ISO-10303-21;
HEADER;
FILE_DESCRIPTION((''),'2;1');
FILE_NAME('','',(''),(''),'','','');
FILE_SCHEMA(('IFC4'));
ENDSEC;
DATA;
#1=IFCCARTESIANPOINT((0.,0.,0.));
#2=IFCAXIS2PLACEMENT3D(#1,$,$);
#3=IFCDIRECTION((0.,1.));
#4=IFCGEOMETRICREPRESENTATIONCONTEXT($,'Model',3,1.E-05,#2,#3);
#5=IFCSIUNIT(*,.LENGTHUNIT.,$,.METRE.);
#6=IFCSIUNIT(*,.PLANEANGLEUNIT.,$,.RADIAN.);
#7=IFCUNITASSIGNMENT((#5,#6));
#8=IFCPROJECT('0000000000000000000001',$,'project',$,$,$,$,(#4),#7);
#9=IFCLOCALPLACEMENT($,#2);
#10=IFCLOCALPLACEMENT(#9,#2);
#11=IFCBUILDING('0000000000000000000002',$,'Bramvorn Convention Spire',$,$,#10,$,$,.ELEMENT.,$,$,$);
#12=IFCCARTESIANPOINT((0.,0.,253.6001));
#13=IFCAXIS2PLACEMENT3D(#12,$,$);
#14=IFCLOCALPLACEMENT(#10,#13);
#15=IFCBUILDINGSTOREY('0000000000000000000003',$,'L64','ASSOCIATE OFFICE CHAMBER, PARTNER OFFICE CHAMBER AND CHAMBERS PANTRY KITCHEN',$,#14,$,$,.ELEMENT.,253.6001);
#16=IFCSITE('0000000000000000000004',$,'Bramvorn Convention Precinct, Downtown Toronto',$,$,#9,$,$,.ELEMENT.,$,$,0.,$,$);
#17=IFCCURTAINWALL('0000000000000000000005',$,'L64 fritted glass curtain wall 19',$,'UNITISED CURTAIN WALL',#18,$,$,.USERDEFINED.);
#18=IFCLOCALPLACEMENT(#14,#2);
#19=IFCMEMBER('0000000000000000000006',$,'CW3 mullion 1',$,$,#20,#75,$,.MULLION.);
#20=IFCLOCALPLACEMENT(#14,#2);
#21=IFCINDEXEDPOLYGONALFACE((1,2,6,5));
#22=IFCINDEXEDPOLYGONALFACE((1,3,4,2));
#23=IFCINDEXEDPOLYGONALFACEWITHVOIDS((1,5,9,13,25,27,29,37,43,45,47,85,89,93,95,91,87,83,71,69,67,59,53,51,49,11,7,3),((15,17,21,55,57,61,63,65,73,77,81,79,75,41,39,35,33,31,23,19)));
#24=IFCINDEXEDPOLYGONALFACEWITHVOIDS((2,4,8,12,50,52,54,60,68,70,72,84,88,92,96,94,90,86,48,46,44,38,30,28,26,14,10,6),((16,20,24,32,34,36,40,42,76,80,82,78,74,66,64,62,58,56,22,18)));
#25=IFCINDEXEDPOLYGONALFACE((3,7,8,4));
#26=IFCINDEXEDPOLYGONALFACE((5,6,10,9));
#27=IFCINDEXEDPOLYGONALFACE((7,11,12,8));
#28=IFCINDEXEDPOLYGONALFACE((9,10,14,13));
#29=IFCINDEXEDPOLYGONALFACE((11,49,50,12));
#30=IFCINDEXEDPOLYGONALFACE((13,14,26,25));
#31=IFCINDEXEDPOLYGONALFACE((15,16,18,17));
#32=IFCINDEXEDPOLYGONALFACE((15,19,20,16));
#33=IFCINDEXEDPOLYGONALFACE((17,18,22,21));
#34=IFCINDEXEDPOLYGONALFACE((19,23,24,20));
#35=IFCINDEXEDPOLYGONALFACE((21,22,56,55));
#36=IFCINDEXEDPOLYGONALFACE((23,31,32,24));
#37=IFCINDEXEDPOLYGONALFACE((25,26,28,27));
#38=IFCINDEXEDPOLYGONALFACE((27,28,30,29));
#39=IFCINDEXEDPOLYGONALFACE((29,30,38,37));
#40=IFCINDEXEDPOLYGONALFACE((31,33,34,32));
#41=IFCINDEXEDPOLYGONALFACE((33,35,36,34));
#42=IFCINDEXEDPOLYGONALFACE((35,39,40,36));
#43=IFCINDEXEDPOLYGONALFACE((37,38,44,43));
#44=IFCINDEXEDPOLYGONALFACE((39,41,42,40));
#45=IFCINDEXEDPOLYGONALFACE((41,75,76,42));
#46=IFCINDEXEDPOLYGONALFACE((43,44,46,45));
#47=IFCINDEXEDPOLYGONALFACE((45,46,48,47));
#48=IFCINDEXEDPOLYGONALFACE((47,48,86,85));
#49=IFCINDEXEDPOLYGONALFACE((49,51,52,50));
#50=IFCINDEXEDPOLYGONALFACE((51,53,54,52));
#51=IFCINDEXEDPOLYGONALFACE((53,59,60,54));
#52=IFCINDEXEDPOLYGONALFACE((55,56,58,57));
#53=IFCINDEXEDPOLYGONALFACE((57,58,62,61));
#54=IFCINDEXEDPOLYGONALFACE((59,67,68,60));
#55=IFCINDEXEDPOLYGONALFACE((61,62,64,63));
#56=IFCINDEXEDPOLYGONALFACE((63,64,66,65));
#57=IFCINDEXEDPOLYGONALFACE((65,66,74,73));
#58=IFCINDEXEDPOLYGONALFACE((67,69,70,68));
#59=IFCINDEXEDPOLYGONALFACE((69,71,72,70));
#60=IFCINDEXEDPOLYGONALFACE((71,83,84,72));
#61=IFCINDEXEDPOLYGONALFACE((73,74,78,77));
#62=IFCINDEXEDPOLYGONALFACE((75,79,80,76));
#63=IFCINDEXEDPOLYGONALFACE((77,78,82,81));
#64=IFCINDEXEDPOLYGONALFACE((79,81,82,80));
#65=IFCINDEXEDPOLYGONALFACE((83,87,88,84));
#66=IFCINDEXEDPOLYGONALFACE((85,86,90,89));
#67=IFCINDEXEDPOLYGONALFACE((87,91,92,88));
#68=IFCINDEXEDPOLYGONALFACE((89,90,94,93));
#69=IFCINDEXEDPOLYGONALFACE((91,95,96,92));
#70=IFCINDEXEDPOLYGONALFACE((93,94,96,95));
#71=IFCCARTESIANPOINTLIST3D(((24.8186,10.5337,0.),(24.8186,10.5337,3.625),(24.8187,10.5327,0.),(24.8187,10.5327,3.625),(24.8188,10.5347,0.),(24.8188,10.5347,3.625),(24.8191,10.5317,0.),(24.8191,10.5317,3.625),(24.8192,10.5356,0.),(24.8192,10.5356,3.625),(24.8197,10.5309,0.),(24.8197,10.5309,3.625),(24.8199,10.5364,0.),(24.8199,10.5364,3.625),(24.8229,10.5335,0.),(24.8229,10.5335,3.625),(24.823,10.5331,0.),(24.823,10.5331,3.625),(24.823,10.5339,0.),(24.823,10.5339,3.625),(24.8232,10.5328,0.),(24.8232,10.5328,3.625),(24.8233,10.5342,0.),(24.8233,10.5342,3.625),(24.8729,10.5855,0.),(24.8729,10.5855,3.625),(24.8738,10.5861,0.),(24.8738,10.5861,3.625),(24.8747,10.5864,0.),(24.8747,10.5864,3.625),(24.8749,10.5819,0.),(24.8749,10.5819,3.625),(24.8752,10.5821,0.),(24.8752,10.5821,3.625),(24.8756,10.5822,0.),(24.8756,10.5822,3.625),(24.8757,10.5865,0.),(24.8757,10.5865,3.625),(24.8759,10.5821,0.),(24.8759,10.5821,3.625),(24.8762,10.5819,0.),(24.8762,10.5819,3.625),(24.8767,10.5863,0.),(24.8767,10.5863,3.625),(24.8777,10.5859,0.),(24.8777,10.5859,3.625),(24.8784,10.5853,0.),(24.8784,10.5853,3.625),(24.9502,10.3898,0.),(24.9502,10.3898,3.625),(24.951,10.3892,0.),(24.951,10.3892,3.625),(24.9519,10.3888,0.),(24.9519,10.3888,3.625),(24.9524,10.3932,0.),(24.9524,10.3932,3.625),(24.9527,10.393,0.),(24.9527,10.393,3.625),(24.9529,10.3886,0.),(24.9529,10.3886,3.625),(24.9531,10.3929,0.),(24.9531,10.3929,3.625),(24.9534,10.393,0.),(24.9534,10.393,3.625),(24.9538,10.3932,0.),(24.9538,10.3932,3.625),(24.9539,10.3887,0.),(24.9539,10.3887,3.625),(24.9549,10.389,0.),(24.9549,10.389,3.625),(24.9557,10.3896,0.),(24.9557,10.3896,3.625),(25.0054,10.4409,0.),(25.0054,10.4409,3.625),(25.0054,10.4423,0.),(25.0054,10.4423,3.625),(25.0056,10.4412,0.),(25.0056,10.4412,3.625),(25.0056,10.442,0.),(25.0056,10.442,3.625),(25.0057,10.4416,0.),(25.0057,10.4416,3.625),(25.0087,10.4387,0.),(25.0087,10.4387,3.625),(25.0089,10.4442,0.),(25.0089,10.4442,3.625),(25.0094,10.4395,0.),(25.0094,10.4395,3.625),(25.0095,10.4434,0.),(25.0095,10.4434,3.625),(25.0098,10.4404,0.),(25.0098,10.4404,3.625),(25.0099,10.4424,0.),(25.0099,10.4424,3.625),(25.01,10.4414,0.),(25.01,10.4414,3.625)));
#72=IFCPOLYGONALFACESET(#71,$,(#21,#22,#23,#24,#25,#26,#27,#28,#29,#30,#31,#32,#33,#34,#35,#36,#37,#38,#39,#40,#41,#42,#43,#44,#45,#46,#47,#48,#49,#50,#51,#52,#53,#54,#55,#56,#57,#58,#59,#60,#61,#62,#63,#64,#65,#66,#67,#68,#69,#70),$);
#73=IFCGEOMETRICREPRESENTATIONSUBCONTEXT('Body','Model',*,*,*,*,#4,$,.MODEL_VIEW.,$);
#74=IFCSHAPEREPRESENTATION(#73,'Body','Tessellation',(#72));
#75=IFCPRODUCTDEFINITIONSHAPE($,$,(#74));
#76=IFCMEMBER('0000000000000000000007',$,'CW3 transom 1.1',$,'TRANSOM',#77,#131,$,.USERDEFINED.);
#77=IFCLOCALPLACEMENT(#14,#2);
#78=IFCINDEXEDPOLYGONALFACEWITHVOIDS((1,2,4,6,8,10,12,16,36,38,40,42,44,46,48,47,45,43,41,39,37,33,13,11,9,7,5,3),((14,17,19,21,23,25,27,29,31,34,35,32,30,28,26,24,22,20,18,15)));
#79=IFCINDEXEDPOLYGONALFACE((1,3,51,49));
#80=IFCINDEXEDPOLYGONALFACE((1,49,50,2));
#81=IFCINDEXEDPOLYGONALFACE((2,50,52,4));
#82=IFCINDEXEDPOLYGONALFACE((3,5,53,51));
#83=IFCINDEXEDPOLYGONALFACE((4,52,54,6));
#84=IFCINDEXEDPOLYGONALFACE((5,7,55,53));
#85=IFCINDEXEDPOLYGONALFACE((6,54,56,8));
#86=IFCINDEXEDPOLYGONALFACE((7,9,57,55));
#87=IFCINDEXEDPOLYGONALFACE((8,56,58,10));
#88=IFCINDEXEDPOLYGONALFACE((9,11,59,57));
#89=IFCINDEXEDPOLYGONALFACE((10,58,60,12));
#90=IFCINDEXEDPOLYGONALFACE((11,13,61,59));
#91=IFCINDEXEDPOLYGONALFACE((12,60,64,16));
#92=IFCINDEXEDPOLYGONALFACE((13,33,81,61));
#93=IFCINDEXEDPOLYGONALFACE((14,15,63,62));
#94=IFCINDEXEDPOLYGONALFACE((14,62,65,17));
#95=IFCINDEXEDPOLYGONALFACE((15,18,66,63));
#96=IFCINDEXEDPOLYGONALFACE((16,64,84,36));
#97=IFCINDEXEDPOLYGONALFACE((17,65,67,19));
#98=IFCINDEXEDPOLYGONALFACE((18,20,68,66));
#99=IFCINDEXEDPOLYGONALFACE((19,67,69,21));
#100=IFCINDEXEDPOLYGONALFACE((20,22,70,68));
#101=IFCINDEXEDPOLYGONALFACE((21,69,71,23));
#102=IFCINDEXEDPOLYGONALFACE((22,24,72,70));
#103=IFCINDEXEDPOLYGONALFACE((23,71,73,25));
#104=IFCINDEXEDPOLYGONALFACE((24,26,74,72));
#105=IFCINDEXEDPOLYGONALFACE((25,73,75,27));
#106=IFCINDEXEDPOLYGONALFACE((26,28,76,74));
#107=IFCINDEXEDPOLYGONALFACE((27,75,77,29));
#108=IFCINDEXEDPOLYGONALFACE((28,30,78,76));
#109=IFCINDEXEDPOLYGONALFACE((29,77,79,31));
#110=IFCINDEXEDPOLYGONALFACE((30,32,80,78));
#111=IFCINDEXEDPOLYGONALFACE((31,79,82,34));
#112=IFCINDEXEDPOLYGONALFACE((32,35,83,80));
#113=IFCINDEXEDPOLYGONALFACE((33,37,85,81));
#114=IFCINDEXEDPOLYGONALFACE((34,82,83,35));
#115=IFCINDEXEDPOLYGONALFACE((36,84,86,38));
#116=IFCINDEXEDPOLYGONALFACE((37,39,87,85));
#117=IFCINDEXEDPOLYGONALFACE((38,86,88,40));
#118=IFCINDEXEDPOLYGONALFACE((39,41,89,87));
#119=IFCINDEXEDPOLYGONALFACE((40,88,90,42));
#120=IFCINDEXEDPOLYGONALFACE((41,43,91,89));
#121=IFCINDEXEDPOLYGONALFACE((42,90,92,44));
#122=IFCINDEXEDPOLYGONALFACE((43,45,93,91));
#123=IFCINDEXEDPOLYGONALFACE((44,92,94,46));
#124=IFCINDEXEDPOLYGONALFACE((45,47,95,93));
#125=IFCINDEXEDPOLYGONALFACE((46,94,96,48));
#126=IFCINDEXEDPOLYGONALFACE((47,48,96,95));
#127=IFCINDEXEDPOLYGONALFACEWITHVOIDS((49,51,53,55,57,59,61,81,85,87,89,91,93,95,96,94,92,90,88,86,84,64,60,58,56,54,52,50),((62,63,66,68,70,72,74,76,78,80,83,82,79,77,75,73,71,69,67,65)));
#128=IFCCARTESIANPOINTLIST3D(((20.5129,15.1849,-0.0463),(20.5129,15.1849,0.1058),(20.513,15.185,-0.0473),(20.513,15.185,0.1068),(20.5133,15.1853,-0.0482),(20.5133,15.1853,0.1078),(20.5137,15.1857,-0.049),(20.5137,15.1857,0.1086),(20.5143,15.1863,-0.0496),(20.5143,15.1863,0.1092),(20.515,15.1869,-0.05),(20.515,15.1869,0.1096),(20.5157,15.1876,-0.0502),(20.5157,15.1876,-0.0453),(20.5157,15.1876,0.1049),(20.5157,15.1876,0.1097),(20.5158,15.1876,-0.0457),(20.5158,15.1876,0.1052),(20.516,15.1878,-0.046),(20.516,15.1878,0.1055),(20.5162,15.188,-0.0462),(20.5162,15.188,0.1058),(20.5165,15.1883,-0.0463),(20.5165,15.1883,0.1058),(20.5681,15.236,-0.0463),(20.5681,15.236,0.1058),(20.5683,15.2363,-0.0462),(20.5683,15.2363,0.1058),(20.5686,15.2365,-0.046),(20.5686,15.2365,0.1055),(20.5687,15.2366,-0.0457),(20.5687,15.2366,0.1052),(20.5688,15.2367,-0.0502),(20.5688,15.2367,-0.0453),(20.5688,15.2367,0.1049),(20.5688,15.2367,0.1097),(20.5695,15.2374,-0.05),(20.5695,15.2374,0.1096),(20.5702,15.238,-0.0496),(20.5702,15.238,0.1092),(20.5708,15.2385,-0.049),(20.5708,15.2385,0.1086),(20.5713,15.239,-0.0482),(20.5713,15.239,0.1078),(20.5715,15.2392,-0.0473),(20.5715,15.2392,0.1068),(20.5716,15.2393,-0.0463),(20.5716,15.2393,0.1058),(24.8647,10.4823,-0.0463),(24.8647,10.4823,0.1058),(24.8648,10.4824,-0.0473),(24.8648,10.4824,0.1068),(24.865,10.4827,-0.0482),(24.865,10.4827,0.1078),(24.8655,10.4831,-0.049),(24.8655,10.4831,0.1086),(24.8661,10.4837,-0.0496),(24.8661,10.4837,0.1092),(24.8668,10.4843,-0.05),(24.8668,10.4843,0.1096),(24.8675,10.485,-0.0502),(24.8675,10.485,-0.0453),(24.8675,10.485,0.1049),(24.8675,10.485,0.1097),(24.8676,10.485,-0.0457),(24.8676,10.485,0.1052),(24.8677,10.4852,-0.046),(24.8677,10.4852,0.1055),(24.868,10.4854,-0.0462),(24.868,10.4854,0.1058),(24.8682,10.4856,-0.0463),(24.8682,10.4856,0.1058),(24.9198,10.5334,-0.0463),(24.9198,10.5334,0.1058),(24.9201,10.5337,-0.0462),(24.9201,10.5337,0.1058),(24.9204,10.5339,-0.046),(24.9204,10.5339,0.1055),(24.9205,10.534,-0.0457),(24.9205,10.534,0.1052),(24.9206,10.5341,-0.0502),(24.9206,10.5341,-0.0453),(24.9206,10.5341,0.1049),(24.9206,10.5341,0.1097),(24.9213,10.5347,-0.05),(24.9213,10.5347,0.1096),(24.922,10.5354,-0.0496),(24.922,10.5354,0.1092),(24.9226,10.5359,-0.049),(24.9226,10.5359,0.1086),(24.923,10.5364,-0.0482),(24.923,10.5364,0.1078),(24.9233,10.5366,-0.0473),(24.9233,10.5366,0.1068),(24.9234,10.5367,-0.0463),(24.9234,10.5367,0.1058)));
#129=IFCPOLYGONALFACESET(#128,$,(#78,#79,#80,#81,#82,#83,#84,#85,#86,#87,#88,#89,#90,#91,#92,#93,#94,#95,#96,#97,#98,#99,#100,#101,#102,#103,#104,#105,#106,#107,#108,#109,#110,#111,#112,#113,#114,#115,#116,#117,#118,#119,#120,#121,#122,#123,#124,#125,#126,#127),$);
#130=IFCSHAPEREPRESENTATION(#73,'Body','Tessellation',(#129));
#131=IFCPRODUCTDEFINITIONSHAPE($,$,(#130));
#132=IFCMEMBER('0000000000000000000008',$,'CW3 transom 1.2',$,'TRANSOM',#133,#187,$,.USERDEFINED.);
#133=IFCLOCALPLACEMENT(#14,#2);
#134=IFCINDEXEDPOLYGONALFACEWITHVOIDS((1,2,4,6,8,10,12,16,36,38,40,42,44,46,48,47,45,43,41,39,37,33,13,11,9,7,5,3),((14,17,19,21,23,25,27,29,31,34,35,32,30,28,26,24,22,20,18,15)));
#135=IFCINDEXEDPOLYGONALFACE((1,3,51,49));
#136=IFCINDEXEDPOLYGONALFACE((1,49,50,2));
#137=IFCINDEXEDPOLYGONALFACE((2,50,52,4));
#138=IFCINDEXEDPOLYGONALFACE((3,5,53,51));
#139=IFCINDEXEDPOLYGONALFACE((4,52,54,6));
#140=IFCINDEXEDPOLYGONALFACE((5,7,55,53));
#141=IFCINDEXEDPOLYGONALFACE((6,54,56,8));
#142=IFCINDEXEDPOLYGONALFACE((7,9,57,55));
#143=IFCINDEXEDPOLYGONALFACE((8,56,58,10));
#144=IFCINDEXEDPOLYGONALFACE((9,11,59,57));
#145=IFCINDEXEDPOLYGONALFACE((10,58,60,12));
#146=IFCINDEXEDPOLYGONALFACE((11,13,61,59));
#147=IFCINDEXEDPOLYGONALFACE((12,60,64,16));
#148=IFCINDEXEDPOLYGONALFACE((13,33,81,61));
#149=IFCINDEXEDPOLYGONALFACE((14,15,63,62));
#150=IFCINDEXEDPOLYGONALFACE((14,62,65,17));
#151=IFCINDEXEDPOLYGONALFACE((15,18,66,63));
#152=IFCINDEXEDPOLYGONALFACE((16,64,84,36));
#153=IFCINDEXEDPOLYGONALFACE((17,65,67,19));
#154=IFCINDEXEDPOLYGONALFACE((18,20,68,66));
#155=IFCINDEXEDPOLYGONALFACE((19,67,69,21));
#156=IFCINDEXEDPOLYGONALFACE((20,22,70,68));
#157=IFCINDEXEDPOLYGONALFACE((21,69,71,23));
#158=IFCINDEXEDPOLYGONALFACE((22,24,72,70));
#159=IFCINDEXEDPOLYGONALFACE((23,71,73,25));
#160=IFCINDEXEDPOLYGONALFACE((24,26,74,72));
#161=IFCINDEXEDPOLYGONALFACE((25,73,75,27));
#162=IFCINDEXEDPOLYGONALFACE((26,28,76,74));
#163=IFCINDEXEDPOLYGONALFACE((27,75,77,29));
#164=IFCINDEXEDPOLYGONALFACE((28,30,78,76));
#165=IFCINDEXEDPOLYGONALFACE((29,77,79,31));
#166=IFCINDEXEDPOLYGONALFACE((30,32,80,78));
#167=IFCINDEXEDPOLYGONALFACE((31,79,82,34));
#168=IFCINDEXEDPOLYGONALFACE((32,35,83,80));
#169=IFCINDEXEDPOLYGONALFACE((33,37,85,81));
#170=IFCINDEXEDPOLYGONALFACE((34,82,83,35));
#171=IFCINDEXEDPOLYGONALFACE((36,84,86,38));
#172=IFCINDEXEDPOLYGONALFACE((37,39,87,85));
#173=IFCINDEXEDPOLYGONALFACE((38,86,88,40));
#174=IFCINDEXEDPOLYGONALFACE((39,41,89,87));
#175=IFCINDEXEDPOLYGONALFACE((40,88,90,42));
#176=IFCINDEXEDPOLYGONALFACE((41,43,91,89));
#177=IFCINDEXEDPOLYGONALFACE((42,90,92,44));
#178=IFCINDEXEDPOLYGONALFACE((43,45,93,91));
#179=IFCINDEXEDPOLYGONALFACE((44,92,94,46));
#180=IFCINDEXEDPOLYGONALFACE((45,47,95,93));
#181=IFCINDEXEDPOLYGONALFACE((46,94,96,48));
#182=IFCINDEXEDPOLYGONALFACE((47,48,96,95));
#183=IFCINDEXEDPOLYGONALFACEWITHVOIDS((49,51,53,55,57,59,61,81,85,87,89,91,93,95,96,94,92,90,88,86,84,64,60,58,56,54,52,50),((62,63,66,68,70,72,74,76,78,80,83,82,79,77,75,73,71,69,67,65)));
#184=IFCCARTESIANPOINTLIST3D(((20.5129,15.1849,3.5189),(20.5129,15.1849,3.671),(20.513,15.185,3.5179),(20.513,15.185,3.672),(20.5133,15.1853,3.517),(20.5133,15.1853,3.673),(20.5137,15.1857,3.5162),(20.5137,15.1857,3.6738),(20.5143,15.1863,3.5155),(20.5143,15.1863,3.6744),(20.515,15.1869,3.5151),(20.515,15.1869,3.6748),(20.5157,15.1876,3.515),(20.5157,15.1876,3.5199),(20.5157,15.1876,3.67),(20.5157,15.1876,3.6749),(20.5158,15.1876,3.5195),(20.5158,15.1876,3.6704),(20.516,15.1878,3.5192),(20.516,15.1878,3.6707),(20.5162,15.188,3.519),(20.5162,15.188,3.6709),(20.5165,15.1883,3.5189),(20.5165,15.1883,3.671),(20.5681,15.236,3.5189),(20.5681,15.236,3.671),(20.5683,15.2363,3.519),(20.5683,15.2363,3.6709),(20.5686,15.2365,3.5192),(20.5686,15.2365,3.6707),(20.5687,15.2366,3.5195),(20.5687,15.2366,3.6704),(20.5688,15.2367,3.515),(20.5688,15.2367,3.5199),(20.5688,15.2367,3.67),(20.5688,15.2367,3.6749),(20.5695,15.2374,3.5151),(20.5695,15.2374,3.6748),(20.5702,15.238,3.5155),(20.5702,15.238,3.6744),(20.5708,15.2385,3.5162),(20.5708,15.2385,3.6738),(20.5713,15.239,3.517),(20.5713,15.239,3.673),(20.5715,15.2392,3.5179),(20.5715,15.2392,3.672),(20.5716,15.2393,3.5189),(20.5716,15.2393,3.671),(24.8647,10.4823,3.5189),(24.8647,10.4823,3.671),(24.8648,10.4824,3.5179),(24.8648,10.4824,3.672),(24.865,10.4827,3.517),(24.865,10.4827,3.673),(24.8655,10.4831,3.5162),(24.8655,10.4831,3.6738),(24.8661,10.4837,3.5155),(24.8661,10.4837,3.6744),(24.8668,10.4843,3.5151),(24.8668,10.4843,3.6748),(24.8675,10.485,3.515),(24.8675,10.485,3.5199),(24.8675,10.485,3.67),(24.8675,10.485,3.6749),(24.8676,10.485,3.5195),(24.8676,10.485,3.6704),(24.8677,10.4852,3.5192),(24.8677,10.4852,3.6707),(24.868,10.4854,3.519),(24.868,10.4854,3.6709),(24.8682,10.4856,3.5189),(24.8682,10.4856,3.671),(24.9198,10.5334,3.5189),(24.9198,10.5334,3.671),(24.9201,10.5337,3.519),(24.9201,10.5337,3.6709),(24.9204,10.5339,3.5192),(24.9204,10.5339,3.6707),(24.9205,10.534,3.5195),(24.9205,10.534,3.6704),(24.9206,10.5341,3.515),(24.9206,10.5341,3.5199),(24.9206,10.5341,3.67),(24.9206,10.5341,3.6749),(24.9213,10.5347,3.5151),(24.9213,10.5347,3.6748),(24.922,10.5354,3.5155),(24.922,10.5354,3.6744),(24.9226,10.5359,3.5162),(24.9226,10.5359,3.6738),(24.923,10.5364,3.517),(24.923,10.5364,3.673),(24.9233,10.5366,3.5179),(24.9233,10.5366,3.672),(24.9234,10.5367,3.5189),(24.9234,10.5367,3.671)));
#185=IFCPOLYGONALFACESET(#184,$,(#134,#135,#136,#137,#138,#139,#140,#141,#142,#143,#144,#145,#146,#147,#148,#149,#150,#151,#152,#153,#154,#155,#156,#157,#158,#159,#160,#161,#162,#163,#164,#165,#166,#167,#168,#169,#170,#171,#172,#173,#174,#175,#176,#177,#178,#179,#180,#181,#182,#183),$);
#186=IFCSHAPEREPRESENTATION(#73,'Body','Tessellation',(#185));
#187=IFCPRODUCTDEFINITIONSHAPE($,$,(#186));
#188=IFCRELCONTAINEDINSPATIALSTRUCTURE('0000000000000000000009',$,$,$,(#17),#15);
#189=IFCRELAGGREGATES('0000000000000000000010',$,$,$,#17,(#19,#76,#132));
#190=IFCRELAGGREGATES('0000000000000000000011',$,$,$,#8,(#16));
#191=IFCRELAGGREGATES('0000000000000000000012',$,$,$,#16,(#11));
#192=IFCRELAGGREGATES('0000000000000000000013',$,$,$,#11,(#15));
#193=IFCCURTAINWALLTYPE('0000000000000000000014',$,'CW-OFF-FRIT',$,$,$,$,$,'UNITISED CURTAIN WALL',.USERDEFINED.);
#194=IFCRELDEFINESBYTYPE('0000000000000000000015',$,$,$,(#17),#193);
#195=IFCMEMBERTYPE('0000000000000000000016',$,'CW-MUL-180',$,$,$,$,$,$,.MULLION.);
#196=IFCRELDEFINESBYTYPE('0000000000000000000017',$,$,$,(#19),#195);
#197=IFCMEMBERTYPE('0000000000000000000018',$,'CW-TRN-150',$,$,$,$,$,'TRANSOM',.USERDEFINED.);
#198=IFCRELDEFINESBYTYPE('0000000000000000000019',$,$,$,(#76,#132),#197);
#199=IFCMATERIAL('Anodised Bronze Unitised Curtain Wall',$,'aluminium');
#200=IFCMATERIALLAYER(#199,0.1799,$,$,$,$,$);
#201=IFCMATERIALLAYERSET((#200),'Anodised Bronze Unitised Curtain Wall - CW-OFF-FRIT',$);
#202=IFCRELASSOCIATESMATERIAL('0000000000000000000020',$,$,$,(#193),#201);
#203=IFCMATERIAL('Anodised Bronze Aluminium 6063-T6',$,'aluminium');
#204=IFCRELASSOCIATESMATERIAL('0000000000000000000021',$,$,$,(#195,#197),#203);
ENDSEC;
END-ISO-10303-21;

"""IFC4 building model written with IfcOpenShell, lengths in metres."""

from ifc_helpers import new_model, si_unit, direction, frame, origin, origin_2d, place, context, subcontext, project, spatial, hollow_rectangle, extrude, material, layer, layer_set, material_profile, profile_set, type_object, element, aggregate, save


model = new_model("IFC4")

# Units and contexts
model_context = context("Model", 3, precision=1e-05, world=origin(), true_north=direction((0.0, 1.0)))
body_context = subcontext(model_context, "Body", "Model", "MODEL_VIEW")
ifc_project = project(units=[si_unit("LENGTHUNIT", "METRE"), si_unit("PLANEANGLEUNIT", "RADIAN")], contexts=[model_context])

# Site, building, storey
site_placement = place(None, origin())
site = spatial("IfcSite", under=ifc_project, at=site_placement, Name="Bramvorn Convention Precinct, Downtown Toronto", CompositionType="ELEMENT", RefElevation=0.0)
building_placement = place(site_placement, origin())
building = spatial("IfcBuilding", under=site, at=building_placement, Name="Bramvorn Convention Spire", CompositionType="ELEMENT")
storey_placement = place(building_placement, frame((0.0, 0.0, 253.6001)))
storey = spatial("IfcBuildingStorey", under=building, at=storey_placement, Name="L64", Description="ASSOCIATE OFFICE CHAMBER, PARTNER OFFICE CHAMBER AND CHAMBERS PANTRY KITCHEN", CompositionType="ELEMENT", Elevation=253.6001)

# Curtain wall, members
ifc_material_1 = material(Name="Anodised Bronze Unitised Curtain Wall", Category="aluminium")
ifc_layer_1 = layer(ifc_material_1, 0.1799)
ifc_layer_set_1 = layer_set([ifc_layer_1], Name="Anodised Bronze Unitised Curtain Wall - CW-OFF-FRIT")
curtain_wall_type = type_object("IfcCurtainWallType", Name="CW-OFF-FRIT", ElementType="UNITISED CURTAIN WALL", PredefinedType="USERDEFINED", material=ifc_layer_set_1)
curtain_wall_placement = place(storey_placement, origin())
curtain_wall = element("IfcCurtainWall", 1, at=curtain_wall_placement, inside=storey, type_object=curtain_wall_type, Name="L64 fritted glass curtain wall 19", ObjectType="UNITISED CURTAIN WALL", PredefinedType="USERDEFINED")
ifc_material_2 = material(Name="Anodised Bronze Aluminium 6063-T6", Category="aluminium")
ifc_material_profile_1 = material_profile(ifc_material_2, hollow_rectangle(XDim=0.0801, YDim=0.2, WallThickness=0.0039, InnerFilletRadius=0.001, OuterFilletRadius=0.0039, at=origin_2d()))
ifc_profile_set_1 = profile_set([ifc_material_profile_1], Name="Anodised Bronze Aluminium 6063-T6 - CWM80X200")
member_type_1 = type_object("IfcMemberType", Name="CW-MUL-180", PredefinedType="MULLION", material=ifc_profile_set_1)
member_1_placement = place(storey_placement, frame((24.9143, 10.4875, 0.0), z_axis=(0.0, 0.0, 1.0), x_axis=(-0.733955, -0.679198, 0.0)))
member_1 = element("IfcMember", 2, at=member_1_placement, type_object=member_type_1, Name="CW3 mullion 1", PredefinedType="MULLION", context=body_context, shape_type="SweptSolid", body=[
    extrude(hollow_rectangle(XDim=0.0801, YDim=0.2, WallThickness=0.0039, InnerFilletRadius=0.001, OuterFilletRadius=0.0039, at=origin_2d()), origin(), (0.0, 0.0, 1.0), 3.625),
])
ifc_material_profile_2 = material_profile(ifc_material_2, hollow_rectangle(XDim=0.0801, YDim=0.1599, WallThickness=0.0039, InnerFilletRadius=0.001, OuterFilletRadius=0.0039, at=origin_2d()))
ifc_profile_set_2 = profile_set([ifc_material_profile_2], Name="Anodised Bronze Aluminium 6063-T6 - CWT80X160")
member_type_2 = type_object("IfcMemberType", Name="CW-TRN-150", ElementType="TRANSOM", PredefinedType="USERDEFINED", material=ifc_profile_set_2)
member_2_placement = place(storey_placement, frame((24.894, 10.5095, 0.0298), z_axis=(-0.679199, 0.733954, 0.0), x_axis=(-0.733954, -0.679199, 0.0)))
member_2 = element("IfcMember", 3, at=member_2_placement, type_object=member_type_2, Name="CW3 transom 1.1", ObjectType="TRANSOM", PredefinedType="USERDEFINED", context=body_context, shape_type="SweptSolid", body=[
    extrude(hollow_rectangle(XDim=0.0801, YDim=0.1599, WallThickness=0.0039, InnerFilletRadius=0.001, OuterFilletRadius=0.0039, at=origin_2d()), origin(), (0.0, 0.0, 1.0), 6.4072),
])
member_3_placement = place(storey_placement, frame((24.894, 10.5095, 3.595), z_axis=(-0.679199, 0.733954, 0.0), x_axis=(-0.733954, -0.679199, 0.0)))
member_3 = element("IfcMember", 4, at=member_3_placement, type_object=member_type_2, Name="CW3 transom 1.2", ObjectType="TRANSOM", PredefinedType="USERDEFINED", context=body_context, shape_type="SweptSolid", body=[
    extrude(hollow_rectangle(XDim=0.0801, YDim=0.1599, WallThickness=0.0039, InnerFilletRadius=0.001, OuterFilletRadius=0.0039, at=origin_2d()), origin(), (0.0, 0.0, 1.0), 6.4072),
])
aggregate(curtain_wall, [member_1, member_2, member_3])

save(model, "model.ifc")
